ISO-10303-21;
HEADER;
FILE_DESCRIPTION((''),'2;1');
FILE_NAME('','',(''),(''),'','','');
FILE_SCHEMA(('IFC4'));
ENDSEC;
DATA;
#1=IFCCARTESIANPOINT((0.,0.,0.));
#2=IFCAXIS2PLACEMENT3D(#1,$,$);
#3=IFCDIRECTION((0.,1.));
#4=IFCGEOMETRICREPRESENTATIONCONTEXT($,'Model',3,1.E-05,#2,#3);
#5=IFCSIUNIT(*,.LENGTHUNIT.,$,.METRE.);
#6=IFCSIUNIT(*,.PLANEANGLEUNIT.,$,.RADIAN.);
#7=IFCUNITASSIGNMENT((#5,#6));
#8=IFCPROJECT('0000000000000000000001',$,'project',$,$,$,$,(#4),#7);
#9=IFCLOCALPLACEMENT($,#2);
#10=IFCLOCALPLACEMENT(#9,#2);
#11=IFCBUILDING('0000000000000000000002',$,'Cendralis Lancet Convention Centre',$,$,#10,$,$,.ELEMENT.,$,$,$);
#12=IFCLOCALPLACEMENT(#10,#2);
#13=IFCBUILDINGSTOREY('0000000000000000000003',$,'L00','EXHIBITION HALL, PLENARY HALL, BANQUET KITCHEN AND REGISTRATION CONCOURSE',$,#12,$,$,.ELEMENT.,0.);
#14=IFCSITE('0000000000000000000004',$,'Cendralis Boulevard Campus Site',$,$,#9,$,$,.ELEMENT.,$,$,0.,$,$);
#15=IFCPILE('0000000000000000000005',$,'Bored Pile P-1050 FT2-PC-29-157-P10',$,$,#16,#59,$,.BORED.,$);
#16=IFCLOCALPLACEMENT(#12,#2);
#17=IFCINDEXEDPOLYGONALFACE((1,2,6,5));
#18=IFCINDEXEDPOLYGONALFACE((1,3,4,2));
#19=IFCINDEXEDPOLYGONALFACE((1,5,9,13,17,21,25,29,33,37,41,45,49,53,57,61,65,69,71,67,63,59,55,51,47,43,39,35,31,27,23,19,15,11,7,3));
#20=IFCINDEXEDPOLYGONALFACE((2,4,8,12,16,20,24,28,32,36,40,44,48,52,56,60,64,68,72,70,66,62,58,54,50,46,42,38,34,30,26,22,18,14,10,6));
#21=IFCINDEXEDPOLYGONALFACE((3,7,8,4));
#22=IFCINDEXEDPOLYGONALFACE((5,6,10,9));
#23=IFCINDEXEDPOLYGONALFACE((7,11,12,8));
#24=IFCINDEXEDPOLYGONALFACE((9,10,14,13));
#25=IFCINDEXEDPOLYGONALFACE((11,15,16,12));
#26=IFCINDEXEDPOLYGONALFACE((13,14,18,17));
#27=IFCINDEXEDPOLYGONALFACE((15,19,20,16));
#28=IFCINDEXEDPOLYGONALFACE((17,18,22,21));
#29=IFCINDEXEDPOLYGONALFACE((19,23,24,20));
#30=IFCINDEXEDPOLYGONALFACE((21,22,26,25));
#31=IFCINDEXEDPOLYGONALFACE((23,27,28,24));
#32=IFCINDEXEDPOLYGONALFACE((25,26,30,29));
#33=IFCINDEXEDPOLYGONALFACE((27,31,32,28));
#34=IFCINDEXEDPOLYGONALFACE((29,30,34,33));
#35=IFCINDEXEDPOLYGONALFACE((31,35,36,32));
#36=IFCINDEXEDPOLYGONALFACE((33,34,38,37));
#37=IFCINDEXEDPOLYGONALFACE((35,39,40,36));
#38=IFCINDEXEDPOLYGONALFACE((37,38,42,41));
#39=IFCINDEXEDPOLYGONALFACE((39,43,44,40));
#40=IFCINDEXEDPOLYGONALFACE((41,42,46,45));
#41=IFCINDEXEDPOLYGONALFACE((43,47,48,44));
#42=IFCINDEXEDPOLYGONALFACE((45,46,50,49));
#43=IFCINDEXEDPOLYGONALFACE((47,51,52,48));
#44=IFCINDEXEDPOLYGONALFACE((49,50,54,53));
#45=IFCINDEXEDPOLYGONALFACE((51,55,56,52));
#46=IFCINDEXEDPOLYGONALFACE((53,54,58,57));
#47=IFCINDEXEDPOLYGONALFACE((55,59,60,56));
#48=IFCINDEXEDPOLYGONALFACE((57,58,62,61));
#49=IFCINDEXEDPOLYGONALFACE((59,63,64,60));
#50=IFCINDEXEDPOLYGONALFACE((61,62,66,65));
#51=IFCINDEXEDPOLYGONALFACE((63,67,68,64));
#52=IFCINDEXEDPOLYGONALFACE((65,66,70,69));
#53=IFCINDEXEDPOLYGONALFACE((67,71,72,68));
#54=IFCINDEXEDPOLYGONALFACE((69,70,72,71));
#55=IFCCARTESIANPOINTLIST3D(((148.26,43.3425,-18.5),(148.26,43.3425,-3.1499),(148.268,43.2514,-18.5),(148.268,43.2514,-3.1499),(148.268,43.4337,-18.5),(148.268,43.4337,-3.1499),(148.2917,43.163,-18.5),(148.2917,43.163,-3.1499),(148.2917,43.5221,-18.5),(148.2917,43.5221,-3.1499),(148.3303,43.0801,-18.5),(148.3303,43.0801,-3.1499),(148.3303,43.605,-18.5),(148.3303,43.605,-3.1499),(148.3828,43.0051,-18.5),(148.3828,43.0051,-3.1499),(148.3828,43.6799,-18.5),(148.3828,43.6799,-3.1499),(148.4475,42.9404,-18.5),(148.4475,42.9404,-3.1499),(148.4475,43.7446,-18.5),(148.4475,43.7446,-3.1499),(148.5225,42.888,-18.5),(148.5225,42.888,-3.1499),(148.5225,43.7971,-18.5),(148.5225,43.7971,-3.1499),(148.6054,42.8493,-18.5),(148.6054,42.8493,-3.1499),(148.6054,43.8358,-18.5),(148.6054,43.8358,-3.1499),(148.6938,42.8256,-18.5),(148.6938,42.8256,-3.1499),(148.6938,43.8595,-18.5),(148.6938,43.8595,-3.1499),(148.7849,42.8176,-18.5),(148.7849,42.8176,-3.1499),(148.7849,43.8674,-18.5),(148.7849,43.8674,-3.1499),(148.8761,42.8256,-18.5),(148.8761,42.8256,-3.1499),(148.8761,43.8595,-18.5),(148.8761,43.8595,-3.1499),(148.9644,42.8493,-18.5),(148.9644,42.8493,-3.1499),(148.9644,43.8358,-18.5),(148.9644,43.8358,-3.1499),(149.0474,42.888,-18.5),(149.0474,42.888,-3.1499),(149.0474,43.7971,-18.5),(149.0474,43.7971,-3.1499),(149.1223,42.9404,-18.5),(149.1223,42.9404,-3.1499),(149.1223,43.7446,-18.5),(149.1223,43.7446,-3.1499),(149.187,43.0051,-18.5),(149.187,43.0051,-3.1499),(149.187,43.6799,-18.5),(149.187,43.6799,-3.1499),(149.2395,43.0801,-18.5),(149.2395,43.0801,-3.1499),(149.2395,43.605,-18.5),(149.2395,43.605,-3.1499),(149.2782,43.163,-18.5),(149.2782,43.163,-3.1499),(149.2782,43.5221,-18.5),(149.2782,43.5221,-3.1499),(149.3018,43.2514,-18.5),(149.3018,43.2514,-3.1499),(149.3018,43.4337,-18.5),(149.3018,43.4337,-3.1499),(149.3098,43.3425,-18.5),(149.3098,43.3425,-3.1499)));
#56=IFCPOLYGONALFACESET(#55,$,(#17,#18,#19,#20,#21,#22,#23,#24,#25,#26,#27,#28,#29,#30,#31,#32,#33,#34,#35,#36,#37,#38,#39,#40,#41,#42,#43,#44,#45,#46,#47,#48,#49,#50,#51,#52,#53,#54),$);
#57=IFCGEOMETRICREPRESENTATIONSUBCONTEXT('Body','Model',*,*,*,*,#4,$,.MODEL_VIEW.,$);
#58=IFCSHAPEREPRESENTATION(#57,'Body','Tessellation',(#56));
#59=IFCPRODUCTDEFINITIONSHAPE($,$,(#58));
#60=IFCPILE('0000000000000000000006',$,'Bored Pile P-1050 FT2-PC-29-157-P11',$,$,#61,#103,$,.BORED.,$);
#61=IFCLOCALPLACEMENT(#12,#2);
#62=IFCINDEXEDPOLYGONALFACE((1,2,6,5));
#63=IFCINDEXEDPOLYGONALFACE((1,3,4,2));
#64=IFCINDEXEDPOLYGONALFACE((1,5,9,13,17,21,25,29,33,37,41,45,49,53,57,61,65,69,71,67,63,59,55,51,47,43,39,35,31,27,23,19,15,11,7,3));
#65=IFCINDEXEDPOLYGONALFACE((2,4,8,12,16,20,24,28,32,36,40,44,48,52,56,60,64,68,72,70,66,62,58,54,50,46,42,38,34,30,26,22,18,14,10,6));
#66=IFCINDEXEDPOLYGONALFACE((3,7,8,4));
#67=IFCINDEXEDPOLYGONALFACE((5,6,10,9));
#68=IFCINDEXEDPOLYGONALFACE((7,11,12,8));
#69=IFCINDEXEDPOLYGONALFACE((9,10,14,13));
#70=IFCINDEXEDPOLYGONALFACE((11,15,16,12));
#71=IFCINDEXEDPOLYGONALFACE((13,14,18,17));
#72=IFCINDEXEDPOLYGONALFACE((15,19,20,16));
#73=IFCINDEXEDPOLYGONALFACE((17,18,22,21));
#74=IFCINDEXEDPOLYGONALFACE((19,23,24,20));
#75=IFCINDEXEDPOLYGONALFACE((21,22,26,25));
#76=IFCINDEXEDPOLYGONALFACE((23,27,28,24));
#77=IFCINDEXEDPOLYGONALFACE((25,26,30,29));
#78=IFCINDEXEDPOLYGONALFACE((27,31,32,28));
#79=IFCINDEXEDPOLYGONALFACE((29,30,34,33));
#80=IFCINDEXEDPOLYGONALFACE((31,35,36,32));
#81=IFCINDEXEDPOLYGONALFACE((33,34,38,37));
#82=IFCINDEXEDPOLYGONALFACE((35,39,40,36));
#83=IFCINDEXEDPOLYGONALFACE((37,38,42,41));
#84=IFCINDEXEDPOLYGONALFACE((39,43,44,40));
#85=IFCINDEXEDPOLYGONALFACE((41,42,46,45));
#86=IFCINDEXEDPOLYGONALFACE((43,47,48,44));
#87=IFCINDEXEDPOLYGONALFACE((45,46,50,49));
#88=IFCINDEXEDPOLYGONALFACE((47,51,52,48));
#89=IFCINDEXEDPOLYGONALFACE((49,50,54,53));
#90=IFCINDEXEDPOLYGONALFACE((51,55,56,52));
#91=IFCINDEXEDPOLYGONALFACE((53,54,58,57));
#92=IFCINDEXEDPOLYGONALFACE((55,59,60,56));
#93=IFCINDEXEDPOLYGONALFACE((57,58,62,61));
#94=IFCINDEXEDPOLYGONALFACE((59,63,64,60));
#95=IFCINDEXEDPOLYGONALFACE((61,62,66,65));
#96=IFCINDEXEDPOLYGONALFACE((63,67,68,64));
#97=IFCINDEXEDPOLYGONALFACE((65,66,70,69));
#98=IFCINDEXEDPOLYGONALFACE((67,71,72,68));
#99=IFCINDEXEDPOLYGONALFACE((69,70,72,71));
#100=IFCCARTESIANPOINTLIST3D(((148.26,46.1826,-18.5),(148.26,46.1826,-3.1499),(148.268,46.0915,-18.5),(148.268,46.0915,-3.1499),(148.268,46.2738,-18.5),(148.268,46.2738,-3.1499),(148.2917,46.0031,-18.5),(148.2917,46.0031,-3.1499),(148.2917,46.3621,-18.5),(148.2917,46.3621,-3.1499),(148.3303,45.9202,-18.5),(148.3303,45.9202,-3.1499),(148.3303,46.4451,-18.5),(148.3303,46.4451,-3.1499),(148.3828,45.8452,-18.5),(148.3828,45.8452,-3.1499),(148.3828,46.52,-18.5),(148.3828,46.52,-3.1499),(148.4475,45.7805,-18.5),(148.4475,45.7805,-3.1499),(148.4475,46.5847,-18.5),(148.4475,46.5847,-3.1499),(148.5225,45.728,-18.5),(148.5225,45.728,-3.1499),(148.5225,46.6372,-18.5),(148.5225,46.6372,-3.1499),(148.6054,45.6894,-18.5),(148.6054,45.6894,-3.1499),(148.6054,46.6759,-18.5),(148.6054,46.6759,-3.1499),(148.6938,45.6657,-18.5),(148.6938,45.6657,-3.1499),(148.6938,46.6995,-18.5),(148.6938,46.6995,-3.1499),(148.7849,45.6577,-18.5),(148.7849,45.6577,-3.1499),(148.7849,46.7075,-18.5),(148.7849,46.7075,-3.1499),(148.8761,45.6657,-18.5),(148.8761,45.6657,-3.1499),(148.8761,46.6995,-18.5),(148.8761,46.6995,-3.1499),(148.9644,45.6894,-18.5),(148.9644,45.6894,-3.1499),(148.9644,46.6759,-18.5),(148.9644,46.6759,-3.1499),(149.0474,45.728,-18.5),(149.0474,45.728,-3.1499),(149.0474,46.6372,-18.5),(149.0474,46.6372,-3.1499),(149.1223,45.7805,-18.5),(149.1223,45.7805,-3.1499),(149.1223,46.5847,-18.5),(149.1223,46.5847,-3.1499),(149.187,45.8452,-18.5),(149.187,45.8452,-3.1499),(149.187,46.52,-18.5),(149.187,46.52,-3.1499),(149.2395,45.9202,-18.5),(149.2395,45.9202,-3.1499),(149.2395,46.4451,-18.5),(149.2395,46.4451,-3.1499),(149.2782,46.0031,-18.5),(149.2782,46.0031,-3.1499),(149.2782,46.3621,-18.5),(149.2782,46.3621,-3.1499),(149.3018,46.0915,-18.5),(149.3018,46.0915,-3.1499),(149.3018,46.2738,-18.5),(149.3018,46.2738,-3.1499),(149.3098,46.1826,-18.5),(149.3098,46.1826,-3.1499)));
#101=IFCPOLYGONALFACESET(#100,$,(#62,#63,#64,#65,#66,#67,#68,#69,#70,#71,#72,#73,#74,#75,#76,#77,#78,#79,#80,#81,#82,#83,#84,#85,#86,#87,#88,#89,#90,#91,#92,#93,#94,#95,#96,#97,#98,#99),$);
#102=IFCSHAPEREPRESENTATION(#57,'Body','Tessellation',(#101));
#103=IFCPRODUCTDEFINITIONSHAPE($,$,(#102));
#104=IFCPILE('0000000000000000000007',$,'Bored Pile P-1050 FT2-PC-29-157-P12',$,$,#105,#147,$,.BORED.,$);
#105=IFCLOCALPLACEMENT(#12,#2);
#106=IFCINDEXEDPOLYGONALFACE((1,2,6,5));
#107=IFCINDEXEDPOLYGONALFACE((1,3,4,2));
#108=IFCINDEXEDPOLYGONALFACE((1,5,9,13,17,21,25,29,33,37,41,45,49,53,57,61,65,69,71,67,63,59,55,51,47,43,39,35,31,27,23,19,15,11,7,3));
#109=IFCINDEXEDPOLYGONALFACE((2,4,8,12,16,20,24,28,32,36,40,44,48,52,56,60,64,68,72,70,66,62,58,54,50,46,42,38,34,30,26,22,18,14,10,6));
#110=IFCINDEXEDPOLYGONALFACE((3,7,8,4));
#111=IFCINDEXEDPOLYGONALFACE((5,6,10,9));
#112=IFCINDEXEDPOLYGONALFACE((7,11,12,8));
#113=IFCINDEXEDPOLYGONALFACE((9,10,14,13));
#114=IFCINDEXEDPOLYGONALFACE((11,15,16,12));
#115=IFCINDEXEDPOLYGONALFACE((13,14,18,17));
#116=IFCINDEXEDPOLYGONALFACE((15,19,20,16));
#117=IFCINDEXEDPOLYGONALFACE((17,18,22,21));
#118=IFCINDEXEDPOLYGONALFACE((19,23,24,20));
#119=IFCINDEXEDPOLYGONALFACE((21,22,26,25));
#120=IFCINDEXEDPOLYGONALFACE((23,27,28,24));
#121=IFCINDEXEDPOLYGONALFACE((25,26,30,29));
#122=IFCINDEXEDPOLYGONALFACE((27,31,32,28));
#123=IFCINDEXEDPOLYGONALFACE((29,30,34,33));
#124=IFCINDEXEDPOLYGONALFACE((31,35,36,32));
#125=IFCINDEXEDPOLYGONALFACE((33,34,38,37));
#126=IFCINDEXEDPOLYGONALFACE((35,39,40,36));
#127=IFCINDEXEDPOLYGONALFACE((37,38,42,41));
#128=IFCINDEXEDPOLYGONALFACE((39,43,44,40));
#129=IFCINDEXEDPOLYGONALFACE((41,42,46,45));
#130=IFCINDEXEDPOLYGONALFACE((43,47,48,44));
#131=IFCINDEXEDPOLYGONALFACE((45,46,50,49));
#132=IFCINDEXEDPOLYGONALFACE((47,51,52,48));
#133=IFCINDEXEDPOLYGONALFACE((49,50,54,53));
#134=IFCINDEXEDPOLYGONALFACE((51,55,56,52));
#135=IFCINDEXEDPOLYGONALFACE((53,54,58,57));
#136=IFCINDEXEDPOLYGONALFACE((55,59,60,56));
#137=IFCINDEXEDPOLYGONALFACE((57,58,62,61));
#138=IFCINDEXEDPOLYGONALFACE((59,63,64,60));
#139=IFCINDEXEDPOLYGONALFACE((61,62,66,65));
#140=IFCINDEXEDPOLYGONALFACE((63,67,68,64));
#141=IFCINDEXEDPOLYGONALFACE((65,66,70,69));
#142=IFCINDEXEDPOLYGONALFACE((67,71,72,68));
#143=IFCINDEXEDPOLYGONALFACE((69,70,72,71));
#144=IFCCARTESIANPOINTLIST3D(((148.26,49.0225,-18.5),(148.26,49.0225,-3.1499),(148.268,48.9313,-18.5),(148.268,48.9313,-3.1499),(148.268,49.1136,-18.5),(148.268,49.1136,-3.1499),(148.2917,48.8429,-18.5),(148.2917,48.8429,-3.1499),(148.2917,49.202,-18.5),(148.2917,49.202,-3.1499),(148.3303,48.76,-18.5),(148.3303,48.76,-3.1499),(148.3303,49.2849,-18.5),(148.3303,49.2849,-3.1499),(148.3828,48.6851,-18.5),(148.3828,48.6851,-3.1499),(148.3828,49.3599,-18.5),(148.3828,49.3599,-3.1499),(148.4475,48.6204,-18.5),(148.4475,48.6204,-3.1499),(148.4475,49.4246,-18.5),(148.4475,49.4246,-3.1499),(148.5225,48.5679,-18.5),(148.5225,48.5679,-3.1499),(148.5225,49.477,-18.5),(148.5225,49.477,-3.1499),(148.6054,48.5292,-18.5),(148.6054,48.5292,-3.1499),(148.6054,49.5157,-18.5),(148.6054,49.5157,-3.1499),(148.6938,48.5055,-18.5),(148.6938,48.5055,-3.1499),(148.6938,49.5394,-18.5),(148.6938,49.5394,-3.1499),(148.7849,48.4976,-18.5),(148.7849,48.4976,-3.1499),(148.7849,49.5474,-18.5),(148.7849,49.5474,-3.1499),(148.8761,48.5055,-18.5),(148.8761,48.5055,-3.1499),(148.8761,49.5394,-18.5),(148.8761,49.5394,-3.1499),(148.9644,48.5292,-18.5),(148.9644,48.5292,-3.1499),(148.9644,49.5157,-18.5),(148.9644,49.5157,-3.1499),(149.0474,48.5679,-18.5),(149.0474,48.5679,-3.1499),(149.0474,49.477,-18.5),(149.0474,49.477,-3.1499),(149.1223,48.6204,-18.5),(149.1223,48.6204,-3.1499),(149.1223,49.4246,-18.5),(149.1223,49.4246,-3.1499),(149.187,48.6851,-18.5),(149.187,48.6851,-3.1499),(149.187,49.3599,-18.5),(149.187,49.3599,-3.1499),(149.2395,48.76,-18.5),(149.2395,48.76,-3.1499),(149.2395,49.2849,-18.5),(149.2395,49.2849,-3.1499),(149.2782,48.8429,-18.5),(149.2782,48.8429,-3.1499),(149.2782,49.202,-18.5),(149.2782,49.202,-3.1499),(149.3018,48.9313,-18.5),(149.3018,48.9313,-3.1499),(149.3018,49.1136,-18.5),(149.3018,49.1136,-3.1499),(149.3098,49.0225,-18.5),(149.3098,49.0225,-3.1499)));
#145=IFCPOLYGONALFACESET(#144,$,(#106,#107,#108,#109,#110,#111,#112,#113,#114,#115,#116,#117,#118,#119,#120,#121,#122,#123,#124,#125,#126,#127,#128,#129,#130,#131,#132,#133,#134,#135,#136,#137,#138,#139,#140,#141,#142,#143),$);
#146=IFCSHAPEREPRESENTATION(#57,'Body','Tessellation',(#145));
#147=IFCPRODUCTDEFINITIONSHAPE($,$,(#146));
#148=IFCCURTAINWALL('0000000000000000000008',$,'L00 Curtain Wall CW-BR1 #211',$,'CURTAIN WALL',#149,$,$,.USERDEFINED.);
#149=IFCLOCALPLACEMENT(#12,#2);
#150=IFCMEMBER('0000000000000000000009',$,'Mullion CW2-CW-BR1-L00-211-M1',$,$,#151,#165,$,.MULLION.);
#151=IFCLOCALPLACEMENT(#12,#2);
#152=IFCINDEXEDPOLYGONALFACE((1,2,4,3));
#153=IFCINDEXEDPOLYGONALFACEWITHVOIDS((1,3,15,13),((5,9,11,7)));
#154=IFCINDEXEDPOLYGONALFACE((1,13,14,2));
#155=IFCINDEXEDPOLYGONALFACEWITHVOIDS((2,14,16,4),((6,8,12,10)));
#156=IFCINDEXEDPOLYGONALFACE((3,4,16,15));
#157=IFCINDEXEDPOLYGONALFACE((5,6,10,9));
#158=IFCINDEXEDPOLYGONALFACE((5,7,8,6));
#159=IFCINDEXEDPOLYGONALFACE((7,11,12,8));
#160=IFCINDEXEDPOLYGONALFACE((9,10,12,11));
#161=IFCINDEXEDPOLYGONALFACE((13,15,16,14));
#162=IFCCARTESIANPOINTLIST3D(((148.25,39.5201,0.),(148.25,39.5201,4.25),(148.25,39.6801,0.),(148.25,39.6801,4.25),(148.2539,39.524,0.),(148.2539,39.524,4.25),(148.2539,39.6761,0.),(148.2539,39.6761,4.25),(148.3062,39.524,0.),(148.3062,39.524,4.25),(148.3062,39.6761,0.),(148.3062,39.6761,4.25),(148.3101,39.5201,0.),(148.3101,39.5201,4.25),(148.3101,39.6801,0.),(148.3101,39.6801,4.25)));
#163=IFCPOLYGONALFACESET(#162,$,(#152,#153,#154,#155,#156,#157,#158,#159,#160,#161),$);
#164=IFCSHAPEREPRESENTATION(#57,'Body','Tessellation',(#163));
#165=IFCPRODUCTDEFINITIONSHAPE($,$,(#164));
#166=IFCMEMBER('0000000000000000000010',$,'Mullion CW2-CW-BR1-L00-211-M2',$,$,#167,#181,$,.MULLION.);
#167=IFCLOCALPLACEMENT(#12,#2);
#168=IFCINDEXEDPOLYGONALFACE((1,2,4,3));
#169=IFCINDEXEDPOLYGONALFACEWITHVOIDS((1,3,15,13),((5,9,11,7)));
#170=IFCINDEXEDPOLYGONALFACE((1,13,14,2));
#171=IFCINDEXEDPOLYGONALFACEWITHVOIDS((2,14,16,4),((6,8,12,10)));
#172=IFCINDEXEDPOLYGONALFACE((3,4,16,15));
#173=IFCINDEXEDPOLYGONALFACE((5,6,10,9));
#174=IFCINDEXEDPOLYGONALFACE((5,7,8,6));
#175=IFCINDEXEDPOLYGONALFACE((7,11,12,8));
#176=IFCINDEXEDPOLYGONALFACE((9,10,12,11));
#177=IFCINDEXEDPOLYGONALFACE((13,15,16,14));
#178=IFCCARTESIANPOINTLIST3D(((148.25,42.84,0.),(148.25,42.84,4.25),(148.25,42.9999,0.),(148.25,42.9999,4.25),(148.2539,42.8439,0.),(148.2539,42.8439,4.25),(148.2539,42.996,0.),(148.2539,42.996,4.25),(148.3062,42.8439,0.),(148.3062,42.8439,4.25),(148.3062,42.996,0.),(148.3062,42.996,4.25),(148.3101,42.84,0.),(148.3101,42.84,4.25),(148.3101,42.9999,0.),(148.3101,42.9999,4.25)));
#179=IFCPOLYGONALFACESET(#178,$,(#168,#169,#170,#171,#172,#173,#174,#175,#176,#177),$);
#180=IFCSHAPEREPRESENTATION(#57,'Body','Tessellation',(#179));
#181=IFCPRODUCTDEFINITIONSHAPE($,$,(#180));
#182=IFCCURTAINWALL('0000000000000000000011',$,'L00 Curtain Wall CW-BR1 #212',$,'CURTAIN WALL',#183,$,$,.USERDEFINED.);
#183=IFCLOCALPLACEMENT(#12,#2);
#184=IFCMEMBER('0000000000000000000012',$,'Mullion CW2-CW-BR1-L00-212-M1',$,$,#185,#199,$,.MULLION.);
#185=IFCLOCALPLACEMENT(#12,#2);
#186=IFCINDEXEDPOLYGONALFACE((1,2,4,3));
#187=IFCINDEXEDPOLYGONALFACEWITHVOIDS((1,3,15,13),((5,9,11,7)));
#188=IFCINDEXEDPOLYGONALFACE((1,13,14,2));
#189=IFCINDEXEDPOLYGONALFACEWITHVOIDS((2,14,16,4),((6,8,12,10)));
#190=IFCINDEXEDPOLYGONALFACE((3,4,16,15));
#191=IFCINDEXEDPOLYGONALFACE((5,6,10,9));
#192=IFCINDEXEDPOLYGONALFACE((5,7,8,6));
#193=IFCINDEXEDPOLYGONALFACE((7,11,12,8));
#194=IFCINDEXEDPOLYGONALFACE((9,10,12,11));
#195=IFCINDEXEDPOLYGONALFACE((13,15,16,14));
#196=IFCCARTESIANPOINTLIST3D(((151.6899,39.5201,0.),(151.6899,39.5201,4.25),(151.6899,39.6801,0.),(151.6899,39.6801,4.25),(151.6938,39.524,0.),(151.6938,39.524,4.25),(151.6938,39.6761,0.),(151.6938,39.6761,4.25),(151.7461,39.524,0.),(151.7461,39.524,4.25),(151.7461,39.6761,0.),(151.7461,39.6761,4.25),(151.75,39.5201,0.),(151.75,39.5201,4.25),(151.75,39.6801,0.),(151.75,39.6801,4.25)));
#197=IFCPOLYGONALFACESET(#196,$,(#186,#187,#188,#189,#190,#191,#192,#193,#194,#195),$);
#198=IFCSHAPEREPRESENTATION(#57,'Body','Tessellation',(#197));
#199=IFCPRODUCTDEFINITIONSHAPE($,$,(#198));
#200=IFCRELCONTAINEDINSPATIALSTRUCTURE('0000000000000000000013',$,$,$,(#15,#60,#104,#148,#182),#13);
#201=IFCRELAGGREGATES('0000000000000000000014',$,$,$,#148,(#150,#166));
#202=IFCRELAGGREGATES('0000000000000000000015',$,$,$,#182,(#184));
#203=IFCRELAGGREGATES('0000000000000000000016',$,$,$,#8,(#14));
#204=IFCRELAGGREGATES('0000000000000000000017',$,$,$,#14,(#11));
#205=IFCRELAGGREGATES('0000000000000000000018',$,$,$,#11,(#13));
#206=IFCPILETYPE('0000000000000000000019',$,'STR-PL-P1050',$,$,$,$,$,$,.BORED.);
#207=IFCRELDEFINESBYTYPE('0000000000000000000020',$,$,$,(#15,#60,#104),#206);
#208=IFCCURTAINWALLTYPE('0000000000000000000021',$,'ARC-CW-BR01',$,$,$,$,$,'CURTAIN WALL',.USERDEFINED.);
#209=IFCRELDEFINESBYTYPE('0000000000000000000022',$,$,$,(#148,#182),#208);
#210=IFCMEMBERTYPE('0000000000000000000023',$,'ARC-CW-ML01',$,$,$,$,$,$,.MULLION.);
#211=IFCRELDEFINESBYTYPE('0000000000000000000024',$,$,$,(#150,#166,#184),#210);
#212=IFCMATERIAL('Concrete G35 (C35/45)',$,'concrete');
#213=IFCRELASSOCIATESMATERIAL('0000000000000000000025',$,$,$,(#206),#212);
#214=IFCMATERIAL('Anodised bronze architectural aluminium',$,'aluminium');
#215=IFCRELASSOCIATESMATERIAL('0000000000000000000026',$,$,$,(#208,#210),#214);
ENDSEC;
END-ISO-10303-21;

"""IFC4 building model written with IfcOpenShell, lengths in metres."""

from ifc_helpers import new_model, si_unit, direction, frame, origin, origin_2d, place, context, subcontext, project, spatial, hollow_rectangle, circle, extrude, material, material_profile, profile_set, type_object, element, aggregate, save


model = new_model("IFC4")

# Units and contexts
model_context = context("Model", 3, precision=1e-05, world=origin(), true_north=direction((0.0, 1.0)))
body_context = subcontext(model_context, "Body", "Model", "MODEL_VIEW")
ifc_project = project(units=[si_unit("LENGTHUNIT", "METRE"), si_unit("PLANEANGLEUNIT", "RADIAN")], contexts=[model_context])

# Site, building, storey
site_placement = place(None, origin())
site = spatial("IfcSite", under=ifc_project, at=site_placement, Name="Cendralis Boulevard Campus Site", CompositionType="ELEMENT", RefElevation=0.0)
building_placement = place(site_placement, origin())
building = spatial("IfcBuilding", under=site, at=building_placement, Name="Cendralis Lancet Convention Centre", CompositionType="ELEMENT")
storey_placement = place(building_placement, origin())
storey = spatial("IfcBuildingStorey", under=building, at=storey_placement, Name="L00", Description="EXHIBITION HALL, PLENARY HALL, BANQUET KITCHEN AND REGISTRATION CONCOURSE", CompositionType="ELEMENT", Elevation=0.0)

# Piles
ifc_material_1 = material(Name="Concrete G35 (C35/45)", Category="concrete")
ifc_material_profile_1 = material_profile(ifc_material_1, circle(Radius=0.5249, at=origin_2d()), Name="BORED PILE D1050")
ifc_profile_set_1 = profile_set([ifc_material_profile_1], Name="Concrete G35 (C35/45)")
pile_type = type_object("IfcPileType", Name="STR-PL-P1050", PredefinedType="BORED", material=ifc_profile_set_1)
for number, where, z_axis, x_axis, name in (
    (1, (148.7849, 43.3425, -3.1499), (0.0, 0.0, -1.0), (1.0, 0.0, 0.0), "Bored Pile P-1050 FT2-PC-29-157-P10"),
    (2, (148.7849, 46.1826, -3.1499), (0.0, 0.0, -1.0), (1.0, 0.0, 0.0), "Bored Pile P-1050 FT2-PC-29-157-P11"),
    (3, (148.7849, 49.0225, -3.1499), (0.0, 0.0, -1.0), (1.0, 0.0, 0.0), "Bored Pile P-1050 FT2-PC-29-157-P12"),
):
    element("IfcPile", number, at=place(storey_placement, frame(where, z_axis=z_axis, x_axis=x_axis)), inside=storey, type_object=pile_type, Name=name, PredefinedType="BORED", context=body_context, shape_type="SweptSolid", body=[
        extrude(circle(Radius=0.5249, at=origin_2d()), origin(), (0.0, 0.0, 1.0), 15.3501),
    ])

# Curtain wall, members
ifc_material_2 = material(Name="Anodised bronze architectural aluminium", Category="aluminium")
curtain_wall_type = type_object("IfcCurtainWallType", Name="ARC-CW-BR01", ElementType="CURTAIN WALL", PredefinedType="USERDEFINED", material=ifc_material_2)
curtain_wall_1_placement = place(storey_placement, origin())
curtain_wall_1 = element("IfcCurtainWall", 4, at=curtain_wall_1_placement, inside=storey, type_object=curtain_wall_type, Name="L00 Curtain Wall CW-BR1 #211", ObjectType="CURTAIN WALL", PredefinedType="USERDEFINED")
ifc_material_profile_2 = material_profile(ifc_material_2, hollow_rectangle(XDim=0.0601, YDim=0.1599, WallThickness=0.0039, at=origin_2d()), Name="AL-MULL 60x160x4.0")
ifc_profile_set_2 = profile_set([ifc_material_profile_2], Name="Anodised bronze architectural aluminium")
member_type_1 = type_object("IfcMemberType", Name="ARC-CW-ML01", PredefinedType="MULLION", material=ifc_profile_set_2)
member_1_placement = place(storey_placement, frame((148.28, 39.6001, 0.0), z_axis=(0.0, 0.0, 1.0), x_axis=(1.0, 0.0, 0.0)))
member_1 = element("IfcMember", 5, at=member_1_placement, type_object=member_type_1, Name="Mullion CW2-CW-BR1-L00-211-M1", PredefinedType="MULLION", context=body_context, shape_type="SweptSolid", body=[
    extrude(hollow_rectangle(XDim=0.0601, YDim=0.1599, WallThickness=0.0039, at=origin_2d()), origin(), (0.0, 0.0, 1.0), 4.25),
])
member_2_placement = place(storey_placement, frame((148.28, 42.9199, 0.0), z_axis=(0.0, 0.0, 1.0), x_axis=(1.0, 0.0, 0.0)))
member_2 = element("IfcMember", 6, at=member_2_placement, type_object=member_type_1, Name="Mullion CW2-CW-BR1-L00-211-M2", PredefinedType="MULLION", context=body_context, shape_type="SweptSolid", body=[
    extrude(hollow_rectangle(XDim=0.0601, YDim=0.1599, WallThickness=0.0039, at=origin_2d()), origin(), (0.0, 0.0, 1.0), 4.25),
])

# Curtain wall, member
curtain_wall_2_placement = place(storey_placement, origin())
curtain_wall_2 = element("IfcCurtainWall", 7, at=curtain_wall_2_placement, inside=storey, type_object=curtain_wall_type, Name="L00 Curtain Wall CW-BR1 #212", ObjectType="CURTAIN WALL", PredefinedType="USERDEFINED")
member_3_placement = place(storey_placement, frame((151.72, 39.6001, 0.0), z_axis=(0.0, 0.0, 1.0), x_axis=(1.0, 0.0, 0.0)))
member_3 = element("IfcMember", 8, at=member_3_placement, type_object=member_type_1, Name="Mullion CW2-CW-BR1-L00-212-M1", PredefinedType="MULLION", context=body_context, shape_type="SweptSolid", body=[
    extrude(hollow_rectangle(XDim=0.0601, YDim=0.1599, WallThickness=0.0039, at=origin_2d()), origin(), (0.0, 0.0, 1.0), 4.25),
])

aggregate(curtain_wall_1, [member_1, member_2])
aggregate(curtain_wall_2, [member_3])

save(model, "model.ifc")
